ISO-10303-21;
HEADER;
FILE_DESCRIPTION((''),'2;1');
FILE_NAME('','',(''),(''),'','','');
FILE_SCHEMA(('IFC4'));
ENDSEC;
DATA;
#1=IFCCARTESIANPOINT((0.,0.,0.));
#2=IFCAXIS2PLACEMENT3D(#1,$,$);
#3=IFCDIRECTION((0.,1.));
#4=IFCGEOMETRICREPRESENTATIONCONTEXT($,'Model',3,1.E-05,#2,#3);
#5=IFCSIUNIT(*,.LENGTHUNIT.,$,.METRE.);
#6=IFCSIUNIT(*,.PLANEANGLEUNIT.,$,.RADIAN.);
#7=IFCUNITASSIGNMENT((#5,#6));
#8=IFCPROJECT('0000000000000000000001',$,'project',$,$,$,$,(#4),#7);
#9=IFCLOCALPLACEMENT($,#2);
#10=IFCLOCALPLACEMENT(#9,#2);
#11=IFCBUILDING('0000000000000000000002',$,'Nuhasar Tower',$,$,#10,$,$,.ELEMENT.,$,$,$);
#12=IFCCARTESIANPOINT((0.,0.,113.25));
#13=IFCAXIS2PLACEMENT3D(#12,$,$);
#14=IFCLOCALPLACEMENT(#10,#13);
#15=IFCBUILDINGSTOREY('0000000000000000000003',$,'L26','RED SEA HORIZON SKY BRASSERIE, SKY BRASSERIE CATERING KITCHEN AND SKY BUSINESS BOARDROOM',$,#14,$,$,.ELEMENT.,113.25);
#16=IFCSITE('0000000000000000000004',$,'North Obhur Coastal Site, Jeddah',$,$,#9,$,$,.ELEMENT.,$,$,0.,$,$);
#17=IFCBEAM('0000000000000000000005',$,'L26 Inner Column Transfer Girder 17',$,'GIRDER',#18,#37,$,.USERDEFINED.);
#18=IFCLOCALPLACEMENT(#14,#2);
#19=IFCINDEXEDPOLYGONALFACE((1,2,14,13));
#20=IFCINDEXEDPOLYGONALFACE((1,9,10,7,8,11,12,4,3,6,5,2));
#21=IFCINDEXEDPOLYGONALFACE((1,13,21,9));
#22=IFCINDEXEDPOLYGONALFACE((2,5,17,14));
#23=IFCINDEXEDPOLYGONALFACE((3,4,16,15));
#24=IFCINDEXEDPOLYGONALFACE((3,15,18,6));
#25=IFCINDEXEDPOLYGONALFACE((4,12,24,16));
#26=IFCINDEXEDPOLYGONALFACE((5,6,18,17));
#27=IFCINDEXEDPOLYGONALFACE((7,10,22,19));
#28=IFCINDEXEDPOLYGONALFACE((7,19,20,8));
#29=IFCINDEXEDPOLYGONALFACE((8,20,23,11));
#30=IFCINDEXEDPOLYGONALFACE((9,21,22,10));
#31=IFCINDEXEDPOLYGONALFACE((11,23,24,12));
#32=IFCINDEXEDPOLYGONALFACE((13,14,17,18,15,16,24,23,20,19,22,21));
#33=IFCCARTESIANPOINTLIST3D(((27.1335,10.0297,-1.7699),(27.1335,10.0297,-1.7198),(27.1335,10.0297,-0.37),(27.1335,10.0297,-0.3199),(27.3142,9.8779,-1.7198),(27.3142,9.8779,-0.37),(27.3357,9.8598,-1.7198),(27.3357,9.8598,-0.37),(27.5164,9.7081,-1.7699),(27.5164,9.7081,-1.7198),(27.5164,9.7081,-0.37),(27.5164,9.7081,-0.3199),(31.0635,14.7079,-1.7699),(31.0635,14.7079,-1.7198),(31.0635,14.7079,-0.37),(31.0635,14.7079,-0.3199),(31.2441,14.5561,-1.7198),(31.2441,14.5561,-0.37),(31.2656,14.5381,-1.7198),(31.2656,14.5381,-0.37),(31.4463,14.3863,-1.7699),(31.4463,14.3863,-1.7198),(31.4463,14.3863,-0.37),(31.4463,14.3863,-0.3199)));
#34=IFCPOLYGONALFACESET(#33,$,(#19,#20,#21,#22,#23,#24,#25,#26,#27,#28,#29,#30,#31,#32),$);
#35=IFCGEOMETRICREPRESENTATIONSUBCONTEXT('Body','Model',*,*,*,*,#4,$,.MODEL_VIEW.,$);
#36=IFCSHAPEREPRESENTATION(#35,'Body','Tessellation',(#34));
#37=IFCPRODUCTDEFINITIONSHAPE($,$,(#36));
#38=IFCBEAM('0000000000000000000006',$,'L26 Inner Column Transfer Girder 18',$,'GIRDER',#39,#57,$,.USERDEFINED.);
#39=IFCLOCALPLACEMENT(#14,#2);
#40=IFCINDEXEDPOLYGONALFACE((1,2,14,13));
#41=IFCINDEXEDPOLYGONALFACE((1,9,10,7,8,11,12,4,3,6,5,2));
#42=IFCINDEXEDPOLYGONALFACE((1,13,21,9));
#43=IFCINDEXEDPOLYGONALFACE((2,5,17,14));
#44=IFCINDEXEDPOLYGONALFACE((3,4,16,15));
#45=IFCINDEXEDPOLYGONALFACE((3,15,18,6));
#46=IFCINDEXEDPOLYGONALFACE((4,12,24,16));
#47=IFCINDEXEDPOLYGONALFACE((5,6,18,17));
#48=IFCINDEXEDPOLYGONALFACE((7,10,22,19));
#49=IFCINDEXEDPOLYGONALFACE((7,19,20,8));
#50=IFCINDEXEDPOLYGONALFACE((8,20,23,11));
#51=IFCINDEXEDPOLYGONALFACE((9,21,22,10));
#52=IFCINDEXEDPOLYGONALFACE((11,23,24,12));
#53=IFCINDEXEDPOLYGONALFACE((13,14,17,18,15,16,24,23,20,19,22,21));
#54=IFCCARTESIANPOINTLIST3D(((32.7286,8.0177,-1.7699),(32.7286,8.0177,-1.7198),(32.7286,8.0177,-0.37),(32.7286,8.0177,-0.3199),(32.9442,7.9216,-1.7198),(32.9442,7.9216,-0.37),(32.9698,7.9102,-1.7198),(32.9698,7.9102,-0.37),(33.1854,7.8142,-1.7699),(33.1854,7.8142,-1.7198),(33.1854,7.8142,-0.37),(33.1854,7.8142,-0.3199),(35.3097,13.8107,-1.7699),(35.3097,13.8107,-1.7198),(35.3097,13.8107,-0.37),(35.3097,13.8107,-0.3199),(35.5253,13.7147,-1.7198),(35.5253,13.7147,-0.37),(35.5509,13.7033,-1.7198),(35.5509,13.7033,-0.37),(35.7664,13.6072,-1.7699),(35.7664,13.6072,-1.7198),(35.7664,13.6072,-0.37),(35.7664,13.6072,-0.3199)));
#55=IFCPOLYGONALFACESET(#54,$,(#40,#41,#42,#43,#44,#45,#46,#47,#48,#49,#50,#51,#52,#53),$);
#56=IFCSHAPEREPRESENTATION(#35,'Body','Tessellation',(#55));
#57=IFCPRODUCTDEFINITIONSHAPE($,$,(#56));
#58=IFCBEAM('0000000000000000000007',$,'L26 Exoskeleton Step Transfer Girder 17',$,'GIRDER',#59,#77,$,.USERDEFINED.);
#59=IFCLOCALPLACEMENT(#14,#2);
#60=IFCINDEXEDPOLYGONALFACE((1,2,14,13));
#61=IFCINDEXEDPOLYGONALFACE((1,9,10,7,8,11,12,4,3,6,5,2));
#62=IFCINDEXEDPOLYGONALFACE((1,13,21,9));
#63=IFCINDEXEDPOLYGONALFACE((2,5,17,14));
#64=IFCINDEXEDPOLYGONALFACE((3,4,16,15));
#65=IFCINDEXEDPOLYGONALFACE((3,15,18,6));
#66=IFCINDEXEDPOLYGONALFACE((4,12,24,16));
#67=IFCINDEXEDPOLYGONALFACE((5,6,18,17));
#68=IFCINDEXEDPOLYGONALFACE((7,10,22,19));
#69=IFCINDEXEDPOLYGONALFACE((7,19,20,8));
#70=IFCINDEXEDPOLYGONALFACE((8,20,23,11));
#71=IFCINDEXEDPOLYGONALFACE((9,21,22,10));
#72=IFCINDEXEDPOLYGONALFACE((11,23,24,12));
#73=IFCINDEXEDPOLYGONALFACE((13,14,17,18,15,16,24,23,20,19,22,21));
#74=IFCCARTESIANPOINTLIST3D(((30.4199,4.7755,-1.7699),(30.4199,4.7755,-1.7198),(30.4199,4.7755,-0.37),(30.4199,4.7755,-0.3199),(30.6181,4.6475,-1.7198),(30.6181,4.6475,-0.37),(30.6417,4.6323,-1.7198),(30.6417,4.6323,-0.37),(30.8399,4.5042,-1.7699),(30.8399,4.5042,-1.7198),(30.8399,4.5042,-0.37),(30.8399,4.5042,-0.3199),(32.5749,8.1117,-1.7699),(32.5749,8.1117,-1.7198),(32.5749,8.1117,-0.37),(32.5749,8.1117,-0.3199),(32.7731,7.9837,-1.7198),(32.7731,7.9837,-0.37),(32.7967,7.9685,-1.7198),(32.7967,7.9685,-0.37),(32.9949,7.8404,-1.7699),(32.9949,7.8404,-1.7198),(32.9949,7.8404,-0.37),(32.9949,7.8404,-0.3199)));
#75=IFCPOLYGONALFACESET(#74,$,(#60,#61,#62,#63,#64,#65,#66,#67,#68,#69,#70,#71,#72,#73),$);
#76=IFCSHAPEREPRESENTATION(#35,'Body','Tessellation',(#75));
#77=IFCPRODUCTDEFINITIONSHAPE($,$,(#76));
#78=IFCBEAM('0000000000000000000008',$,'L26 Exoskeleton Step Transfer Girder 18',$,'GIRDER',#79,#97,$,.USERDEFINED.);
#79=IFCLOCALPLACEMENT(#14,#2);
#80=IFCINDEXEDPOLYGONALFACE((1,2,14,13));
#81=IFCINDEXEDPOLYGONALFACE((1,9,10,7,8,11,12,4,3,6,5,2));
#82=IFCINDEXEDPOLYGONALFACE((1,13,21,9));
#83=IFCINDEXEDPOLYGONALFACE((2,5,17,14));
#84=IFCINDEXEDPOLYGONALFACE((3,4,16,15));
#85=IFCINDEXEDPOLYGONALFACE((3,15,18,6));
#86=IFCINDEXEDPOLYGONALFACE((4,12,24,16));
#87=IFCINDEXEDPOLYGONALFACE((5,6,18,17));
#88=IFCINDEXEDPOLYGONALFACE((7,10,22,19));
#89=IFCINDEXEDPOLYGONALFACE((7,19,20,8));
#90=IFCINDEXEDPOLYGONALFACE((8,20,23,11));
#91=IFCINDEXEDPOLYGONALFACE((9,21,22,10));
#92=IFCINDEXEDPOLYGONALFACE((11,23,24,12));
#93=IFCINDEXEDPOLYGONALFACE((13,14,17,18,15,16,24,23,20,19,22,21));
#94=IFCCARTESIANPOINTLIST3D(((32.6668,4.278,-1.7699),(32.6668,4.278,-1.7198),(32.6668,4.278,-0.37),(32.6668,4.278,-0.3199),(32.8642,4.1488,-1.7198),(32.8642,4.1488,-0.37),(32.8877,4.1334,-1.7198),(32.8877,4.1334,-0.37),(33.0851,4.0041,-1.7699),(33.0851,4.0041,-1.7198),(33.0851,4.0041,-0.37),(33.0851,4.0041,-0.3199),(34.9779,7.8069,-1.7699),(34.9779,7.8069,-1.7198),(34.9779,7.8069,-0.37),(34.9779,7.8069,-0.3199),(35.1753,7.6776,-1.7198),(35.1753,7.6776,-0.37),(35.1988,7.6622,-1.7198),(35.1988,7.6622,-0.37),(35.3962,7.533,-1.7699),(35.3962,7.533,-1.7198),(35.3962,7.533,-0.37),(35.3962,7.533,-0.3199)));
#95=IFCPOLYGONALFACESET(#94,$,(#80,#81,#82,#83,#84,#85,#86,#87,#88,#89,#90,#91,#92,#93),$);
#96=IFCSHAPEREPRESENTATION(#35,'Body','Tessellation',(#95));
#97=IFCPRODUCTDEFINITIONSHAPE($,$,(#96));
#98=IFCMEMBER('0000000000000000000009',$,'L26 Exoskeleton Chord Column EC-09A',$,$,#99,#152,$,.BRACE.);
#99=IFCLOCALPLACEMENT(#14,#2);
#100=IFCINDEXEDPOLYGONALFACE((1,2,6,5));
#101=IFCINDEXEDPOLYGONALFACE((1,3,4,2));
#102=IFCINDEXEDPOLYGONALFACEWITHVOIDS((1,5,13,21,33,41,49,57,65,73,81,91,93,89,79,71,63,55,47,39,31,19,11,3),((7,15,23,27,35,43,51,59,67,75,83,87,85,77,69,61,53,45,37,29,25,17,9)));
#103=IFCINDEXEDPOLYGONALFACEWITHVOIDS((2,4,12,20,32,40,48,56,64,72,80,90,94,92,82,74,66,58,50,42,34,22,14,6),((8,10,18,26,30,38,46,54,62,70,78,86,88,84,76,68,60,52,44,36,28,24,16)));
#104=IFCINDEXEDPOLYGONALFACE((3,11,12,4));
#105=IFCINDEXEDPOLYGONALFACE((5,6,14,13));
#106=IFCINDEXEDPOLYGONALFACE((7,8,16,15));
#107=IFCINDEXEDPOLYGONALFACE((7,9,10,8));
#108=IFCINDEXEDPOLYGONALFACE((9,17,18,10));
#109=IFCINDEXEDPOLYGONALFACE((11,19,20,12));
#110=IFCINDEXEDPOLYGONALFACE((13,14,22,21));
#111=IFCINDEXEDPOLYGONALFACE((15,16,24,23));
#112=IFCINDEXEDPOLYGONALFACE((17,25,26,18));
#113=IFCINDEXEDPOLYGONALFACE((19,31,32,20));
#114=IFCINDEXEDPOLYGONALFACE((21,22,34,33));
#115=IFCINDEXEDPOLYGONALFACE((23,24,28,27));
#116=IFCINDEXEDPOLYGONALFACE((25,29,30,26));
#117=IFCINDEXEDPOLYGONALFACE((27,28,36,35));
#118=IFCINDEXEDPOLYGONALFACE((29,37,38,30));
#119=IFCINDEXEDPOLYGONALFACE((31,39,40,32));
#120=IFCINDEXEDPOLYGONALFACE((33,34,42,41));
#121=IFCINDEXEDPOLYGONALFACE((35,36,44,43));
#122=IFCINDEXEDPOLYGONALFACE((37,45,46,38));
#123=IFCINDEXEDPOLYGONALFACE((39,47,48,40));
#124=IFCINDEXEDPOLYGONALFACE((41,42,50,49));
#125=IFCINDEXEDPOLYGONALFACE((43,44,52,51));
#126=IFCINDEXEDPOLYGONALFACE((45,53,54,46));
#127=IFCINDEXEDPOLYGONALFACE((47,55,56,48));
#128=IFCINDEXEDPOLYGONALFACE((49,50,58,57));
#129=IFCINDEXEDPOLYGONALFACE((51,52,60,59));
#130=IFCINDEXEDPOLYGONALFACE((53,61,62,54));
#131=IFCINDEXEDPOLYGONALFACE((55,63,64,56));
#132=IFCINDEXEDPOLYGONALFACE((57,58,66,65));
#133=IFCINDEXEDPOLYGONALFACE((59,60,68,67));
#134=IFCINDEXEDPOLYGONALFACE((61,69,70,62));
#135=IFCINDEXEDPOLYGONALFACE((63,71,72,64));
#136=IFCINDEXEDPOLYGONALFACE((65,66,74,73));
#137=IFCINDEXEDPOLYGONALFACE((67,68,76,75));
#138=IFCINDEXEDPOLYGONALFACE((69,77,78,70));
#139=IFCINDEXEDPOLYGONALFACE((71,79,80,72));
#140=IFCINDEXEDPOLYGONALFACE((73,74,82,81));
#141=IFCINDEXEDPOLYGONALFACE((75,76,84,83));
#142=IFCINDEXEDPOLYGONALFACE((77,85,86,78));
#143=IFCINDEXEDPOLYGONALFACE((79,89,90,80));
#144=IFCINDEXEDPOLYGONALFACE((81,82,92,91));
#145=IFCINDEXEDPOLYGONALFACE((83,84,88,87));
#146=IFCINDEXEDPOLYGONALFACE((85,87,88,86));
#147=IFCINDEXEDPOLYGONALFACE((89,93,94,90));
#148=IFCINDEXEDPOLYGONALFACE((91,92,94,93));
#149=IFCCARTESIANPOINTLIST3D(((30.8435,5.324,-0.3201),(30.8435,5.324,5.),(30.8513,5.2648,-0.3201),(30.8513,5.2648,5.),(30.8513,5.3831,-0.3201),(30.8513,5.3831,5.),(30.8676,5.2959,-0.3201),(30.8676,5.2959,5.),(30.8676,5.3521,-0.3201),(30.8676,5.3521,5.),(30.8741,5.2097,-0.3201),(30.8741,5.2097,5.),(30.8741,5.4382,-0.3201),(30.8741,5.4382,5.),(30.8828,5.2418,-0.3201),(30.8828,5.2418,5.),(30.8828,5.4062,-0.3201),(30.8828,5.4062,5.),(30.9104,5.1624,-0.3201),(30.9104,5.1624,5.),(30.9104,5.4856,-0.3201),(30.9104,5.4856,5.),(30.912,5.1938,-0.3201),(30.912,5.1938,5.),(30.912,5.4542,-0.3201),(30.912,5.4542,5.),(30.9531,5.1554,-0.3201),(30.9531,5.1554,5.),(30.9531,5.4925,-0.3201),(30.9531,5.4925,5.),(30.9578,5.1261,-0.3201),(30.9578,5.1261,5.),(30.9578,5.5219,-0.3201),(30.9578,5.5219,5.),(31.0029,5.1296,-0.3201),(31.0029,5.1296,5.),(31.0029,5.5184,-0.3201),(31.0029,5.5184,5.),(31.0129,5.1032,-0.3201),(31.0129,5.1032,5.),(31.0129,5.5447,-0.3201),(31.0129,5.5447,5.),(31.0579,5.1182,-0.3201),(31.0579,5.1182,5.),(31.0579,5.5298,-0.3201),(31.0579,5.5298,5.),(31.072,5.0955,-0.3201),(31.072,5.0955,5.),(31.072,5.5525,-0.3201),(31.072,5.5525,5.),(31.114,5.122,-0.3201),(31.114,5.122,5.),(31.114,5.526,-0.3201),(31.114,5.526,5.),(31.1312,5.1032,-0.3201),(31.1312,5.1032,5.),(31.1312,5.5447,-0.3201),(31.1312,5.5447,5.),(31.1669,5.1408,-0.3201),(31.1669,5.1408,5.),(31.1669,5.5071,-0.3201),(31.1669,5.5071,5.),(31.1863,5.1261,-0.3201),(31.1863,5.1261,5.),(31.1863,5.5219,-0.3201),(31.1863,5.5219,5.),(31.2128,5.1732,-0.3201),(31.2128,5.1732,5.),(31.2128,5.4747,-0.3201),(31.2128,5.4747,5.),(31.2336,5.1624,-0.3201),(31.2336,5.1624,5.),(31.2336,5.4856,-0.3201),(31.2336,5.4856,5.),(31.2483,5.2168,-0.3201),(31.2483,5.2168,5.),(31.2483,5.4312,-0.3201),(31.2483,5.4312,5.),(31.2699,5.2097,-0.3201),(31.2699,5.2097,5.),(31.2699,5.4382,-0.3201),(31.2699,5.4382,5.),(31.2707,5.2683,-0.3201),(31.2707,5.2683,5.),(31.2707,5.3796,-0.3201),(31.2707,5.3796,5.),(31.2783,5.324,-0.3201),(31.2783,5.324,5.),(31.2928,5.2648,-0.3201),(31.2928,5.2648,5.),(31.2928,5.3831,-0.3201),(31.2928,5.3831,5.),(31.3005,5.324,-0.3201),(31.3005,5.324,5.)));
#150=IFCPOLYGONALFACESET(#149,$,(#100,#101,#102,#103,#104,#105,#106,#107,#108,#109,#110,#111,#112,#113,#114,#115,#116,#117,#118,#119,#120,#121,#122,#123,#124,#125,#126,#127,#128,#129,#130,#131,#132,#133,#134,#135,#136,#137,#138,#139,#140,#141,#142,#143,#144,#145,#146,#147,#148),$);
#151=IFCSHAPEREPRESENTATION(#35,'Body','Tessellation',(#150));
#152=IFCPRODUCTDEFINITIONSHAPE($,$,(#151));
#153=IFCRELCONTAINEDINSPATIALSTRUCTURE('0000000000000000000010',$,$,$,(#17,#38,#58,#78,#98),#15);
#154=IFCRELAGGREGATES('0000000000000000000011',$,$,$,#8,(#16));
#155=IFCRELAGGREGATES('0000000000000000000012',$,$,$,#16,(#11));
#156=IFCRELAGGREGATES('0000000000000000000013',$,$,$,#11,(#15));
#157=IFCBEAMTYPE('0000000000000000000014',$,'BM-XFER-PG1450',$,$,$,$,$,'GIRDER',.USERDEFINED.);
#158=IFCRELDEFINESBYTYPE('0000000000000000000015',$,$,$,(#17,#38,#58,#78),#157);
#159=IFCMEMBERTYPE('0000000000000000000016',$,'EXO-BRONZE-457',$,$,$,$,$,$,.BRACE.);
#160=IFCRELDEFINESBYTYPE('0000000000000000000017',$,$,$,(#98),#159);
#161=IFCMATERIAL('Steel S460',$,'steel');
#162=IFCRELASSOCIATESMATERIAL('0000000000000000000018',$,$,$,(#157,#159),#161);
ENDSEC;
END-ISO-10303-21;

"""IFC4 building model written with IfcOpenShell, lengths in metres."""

from ifc_helpers import new_model, si_unit, direction, frame, origin, origin_2d, place, context, subcontext, project, spatial, hollow_circle, i_section, extrude, material, material_profile, profile_set, type_object, element, save


model = new_model("IFC4")

# Units and contexts
model_context = context("Model", 3, precision=1e-05, world=origin(), true_north=direction((0.0, 1.0)))
body_context = subcontext(model_context, "Body", "Model", "MODEL_VIEW")
ifc_project = project(units=[si_unit("LENGTHUNIT", "METRE"), si_unit("PLANEANGLEUNIT", "RADIAN")], contexts=[model_context])

# Site, building, storey
site_placement = place(None, origin())
site = spatial("IfcSite", under=ifc_project, at=site_placement, Name="North Obhur Coastal Site, Jeddah", CompositionType="ELEMENT", RefElevation=0.0)
building_placement = place(site_placement, origin())
building = spatial("IfcBuilding", under=site, at=building_placement, Name="Nuhasar Tower", CompositionType="ELEMENT")
storey_placement = place(building_placement, frame((0.0, 0.0, 113.25)))
storey = spatial("IfcBuildingStorey", under=building, at=storey_placement, Name="L26", Description="RED SEA HORIZON SKY BRASSERIE, SKY BRASSERIE CATERING KITCHEN AND SKY BUSINESS BOARDROOM", CompositionType="ELEMENT", Elevation=113.25)

# Beams
ifc_material_1 = material(Name="Steel S460", Category="steel")
ifc_material_profile_1 = material_profile(ifc_material_1, i_section(OverallWidth=0.5, OverallDepth=1.45, WebThickness=0.0281, FlangeThickness=0.05, at=origin_2d()), Name="PG1450X500")
ifc_profile_set_1 = profile_set([ifc_material_profile_1], Name="Steel S460")
beam_type_1 = type_object("IfcBeamType", Name="BM-XFER-PG1450", ElementType="GIRDER", PredefinedType="USERDEFINED", material=ifc_profile_set_1)
beam_1_placement = place(storey_placement, frame((31.2549, 14.5471, -1.0449), z_axis=(-0.643214, -0.765687, 0.0), x_axis=(0.765687, -0.643214, 0.0)))
element("IfcBeam", 1, at=beam_1_placement, inside=storey, type_object=beam_type_1, Name="L26 Inner Column Transfer Girder 17", ObjectType="GIRDER", PredefinedType="USERDEFINED", context=body_context, shape_type="SweptSolid", body=[
    extrude(i_section(OverallWidth=0.5, OverallDepth=1.45, WebThickness=0.0281, FlangeThickness=0.05, at=origin_2d()), origin(), (0.0, 0.0, 1.0), 6.1099),
])
beam_2_placement = place(storey_placement, frame((35.5381, 13.709, -1.0449), z_axis=(-0.406981, -0.913437, 0.0), x_axis=(0.913437, -0.406981, 0.0)))
element("IfcBeam", 2, at=beam_2_placement, inside=storey, type_object=beam_type_1, Name="L26 Inner Column Transfer Girder 18", ObjectType="GIRDER", PredefinedType="USERDEFINED", context=body_context, shape_type="SweptSolid", body=[
    extrude(i_section(OverallWidth=0.5, OverallDepth=1.45, WebThickness=0.0281, FlangeThickness=0.05, at=origin_2d()), origin(), (0.0, 0.0, 1.0), 6.342),
])
beam_3_placement = place(storey_placement, frame((32.7849, 7.9761, -1.0449), z_axis=(-0.542599, -0.839992, 0.0), x_axis=(0.839992, -0.542599, 0.0)))
element("IfcBeam", 3, at=beam_3_placement, inside=storey, type_object=beam_type_1, Name="L26 Exoskeleton Step Transfer Girder 17", ObjectType="GIRDER", PredefinedType="USERDEFINED", context=body_context, shape_type="SweptSolid", body=[
    extrude(i_section(OverallWidth=0.5, OverallDepth=1.45, WebThickness=0.0281, FlangeThickness=0.05, at=origin_2d()), origin(), (0.0, 0.0, 1.0), 3.9717),
])
beam_4_placement = place(storey_placement, frame((35.187, 7.6699, -1.0449), z_axis=(-0.54787, -0.836564, 0.0), x_axis=(0.836564, -0.54787, 0.0)))
element("IfcBeam", 4, at=beam_4_placement, inside=storey, type_object=beam_type_1, Name="L26 Exoskeleton Step Transfer Girder 18", ObjectType="GIRDER", PredefinedType="USERDEFINED", context=body_context, shape_type="SweptSolid", body=[
    extrude(i_section(OverallWidth=0.5, OverallDepth=1.45, WebThickness=0.0281, FlangeThickness=0.05, at=origin_2d()), origin(), (0.0, 0.0, 1.0), 4.2183),
])

# Member
ifc_material_profile_2 = material_profile(ifc_material_1, hollow_circle(Radius=0.2285, WallThickness=0.0222, at=origin_2d()), Name="HSS457X22.2")
ifc_profile_set_2 = profile_set([ifc_material_profile_2], Name="Steel S460")
member_type = type_object("IfcMemberType", Name="EXO-BRONZE-457", PredefinedType="BRACE", material=ifc_profile_set_2)
for number, where, z_axis, x_axis, name in (
    (5, (31.072, 5.324, -0.3201), (0.0, 0.0, 1.0), (1.0, 0.0, 0.0), "L26 Exoskeleton Chord Column EC-09A"),
):
    element("IfcMember", number, at=place(storey_placement, frame(where, z_axis=z_axis, x_axis=x_axis)), inside=storey, type_object=member_type, Name=name, PredefinedType="BRACE", context=body_context, shape_type="SweptSolid", body=[
        extrude(hollow_circle(Radius=0.2285, WallThickness=0.0222, at=origin_2d()), origin(), (0.0, 0.0, 1.0), 5.3201),
    ])

save(model, "model.ifc")
